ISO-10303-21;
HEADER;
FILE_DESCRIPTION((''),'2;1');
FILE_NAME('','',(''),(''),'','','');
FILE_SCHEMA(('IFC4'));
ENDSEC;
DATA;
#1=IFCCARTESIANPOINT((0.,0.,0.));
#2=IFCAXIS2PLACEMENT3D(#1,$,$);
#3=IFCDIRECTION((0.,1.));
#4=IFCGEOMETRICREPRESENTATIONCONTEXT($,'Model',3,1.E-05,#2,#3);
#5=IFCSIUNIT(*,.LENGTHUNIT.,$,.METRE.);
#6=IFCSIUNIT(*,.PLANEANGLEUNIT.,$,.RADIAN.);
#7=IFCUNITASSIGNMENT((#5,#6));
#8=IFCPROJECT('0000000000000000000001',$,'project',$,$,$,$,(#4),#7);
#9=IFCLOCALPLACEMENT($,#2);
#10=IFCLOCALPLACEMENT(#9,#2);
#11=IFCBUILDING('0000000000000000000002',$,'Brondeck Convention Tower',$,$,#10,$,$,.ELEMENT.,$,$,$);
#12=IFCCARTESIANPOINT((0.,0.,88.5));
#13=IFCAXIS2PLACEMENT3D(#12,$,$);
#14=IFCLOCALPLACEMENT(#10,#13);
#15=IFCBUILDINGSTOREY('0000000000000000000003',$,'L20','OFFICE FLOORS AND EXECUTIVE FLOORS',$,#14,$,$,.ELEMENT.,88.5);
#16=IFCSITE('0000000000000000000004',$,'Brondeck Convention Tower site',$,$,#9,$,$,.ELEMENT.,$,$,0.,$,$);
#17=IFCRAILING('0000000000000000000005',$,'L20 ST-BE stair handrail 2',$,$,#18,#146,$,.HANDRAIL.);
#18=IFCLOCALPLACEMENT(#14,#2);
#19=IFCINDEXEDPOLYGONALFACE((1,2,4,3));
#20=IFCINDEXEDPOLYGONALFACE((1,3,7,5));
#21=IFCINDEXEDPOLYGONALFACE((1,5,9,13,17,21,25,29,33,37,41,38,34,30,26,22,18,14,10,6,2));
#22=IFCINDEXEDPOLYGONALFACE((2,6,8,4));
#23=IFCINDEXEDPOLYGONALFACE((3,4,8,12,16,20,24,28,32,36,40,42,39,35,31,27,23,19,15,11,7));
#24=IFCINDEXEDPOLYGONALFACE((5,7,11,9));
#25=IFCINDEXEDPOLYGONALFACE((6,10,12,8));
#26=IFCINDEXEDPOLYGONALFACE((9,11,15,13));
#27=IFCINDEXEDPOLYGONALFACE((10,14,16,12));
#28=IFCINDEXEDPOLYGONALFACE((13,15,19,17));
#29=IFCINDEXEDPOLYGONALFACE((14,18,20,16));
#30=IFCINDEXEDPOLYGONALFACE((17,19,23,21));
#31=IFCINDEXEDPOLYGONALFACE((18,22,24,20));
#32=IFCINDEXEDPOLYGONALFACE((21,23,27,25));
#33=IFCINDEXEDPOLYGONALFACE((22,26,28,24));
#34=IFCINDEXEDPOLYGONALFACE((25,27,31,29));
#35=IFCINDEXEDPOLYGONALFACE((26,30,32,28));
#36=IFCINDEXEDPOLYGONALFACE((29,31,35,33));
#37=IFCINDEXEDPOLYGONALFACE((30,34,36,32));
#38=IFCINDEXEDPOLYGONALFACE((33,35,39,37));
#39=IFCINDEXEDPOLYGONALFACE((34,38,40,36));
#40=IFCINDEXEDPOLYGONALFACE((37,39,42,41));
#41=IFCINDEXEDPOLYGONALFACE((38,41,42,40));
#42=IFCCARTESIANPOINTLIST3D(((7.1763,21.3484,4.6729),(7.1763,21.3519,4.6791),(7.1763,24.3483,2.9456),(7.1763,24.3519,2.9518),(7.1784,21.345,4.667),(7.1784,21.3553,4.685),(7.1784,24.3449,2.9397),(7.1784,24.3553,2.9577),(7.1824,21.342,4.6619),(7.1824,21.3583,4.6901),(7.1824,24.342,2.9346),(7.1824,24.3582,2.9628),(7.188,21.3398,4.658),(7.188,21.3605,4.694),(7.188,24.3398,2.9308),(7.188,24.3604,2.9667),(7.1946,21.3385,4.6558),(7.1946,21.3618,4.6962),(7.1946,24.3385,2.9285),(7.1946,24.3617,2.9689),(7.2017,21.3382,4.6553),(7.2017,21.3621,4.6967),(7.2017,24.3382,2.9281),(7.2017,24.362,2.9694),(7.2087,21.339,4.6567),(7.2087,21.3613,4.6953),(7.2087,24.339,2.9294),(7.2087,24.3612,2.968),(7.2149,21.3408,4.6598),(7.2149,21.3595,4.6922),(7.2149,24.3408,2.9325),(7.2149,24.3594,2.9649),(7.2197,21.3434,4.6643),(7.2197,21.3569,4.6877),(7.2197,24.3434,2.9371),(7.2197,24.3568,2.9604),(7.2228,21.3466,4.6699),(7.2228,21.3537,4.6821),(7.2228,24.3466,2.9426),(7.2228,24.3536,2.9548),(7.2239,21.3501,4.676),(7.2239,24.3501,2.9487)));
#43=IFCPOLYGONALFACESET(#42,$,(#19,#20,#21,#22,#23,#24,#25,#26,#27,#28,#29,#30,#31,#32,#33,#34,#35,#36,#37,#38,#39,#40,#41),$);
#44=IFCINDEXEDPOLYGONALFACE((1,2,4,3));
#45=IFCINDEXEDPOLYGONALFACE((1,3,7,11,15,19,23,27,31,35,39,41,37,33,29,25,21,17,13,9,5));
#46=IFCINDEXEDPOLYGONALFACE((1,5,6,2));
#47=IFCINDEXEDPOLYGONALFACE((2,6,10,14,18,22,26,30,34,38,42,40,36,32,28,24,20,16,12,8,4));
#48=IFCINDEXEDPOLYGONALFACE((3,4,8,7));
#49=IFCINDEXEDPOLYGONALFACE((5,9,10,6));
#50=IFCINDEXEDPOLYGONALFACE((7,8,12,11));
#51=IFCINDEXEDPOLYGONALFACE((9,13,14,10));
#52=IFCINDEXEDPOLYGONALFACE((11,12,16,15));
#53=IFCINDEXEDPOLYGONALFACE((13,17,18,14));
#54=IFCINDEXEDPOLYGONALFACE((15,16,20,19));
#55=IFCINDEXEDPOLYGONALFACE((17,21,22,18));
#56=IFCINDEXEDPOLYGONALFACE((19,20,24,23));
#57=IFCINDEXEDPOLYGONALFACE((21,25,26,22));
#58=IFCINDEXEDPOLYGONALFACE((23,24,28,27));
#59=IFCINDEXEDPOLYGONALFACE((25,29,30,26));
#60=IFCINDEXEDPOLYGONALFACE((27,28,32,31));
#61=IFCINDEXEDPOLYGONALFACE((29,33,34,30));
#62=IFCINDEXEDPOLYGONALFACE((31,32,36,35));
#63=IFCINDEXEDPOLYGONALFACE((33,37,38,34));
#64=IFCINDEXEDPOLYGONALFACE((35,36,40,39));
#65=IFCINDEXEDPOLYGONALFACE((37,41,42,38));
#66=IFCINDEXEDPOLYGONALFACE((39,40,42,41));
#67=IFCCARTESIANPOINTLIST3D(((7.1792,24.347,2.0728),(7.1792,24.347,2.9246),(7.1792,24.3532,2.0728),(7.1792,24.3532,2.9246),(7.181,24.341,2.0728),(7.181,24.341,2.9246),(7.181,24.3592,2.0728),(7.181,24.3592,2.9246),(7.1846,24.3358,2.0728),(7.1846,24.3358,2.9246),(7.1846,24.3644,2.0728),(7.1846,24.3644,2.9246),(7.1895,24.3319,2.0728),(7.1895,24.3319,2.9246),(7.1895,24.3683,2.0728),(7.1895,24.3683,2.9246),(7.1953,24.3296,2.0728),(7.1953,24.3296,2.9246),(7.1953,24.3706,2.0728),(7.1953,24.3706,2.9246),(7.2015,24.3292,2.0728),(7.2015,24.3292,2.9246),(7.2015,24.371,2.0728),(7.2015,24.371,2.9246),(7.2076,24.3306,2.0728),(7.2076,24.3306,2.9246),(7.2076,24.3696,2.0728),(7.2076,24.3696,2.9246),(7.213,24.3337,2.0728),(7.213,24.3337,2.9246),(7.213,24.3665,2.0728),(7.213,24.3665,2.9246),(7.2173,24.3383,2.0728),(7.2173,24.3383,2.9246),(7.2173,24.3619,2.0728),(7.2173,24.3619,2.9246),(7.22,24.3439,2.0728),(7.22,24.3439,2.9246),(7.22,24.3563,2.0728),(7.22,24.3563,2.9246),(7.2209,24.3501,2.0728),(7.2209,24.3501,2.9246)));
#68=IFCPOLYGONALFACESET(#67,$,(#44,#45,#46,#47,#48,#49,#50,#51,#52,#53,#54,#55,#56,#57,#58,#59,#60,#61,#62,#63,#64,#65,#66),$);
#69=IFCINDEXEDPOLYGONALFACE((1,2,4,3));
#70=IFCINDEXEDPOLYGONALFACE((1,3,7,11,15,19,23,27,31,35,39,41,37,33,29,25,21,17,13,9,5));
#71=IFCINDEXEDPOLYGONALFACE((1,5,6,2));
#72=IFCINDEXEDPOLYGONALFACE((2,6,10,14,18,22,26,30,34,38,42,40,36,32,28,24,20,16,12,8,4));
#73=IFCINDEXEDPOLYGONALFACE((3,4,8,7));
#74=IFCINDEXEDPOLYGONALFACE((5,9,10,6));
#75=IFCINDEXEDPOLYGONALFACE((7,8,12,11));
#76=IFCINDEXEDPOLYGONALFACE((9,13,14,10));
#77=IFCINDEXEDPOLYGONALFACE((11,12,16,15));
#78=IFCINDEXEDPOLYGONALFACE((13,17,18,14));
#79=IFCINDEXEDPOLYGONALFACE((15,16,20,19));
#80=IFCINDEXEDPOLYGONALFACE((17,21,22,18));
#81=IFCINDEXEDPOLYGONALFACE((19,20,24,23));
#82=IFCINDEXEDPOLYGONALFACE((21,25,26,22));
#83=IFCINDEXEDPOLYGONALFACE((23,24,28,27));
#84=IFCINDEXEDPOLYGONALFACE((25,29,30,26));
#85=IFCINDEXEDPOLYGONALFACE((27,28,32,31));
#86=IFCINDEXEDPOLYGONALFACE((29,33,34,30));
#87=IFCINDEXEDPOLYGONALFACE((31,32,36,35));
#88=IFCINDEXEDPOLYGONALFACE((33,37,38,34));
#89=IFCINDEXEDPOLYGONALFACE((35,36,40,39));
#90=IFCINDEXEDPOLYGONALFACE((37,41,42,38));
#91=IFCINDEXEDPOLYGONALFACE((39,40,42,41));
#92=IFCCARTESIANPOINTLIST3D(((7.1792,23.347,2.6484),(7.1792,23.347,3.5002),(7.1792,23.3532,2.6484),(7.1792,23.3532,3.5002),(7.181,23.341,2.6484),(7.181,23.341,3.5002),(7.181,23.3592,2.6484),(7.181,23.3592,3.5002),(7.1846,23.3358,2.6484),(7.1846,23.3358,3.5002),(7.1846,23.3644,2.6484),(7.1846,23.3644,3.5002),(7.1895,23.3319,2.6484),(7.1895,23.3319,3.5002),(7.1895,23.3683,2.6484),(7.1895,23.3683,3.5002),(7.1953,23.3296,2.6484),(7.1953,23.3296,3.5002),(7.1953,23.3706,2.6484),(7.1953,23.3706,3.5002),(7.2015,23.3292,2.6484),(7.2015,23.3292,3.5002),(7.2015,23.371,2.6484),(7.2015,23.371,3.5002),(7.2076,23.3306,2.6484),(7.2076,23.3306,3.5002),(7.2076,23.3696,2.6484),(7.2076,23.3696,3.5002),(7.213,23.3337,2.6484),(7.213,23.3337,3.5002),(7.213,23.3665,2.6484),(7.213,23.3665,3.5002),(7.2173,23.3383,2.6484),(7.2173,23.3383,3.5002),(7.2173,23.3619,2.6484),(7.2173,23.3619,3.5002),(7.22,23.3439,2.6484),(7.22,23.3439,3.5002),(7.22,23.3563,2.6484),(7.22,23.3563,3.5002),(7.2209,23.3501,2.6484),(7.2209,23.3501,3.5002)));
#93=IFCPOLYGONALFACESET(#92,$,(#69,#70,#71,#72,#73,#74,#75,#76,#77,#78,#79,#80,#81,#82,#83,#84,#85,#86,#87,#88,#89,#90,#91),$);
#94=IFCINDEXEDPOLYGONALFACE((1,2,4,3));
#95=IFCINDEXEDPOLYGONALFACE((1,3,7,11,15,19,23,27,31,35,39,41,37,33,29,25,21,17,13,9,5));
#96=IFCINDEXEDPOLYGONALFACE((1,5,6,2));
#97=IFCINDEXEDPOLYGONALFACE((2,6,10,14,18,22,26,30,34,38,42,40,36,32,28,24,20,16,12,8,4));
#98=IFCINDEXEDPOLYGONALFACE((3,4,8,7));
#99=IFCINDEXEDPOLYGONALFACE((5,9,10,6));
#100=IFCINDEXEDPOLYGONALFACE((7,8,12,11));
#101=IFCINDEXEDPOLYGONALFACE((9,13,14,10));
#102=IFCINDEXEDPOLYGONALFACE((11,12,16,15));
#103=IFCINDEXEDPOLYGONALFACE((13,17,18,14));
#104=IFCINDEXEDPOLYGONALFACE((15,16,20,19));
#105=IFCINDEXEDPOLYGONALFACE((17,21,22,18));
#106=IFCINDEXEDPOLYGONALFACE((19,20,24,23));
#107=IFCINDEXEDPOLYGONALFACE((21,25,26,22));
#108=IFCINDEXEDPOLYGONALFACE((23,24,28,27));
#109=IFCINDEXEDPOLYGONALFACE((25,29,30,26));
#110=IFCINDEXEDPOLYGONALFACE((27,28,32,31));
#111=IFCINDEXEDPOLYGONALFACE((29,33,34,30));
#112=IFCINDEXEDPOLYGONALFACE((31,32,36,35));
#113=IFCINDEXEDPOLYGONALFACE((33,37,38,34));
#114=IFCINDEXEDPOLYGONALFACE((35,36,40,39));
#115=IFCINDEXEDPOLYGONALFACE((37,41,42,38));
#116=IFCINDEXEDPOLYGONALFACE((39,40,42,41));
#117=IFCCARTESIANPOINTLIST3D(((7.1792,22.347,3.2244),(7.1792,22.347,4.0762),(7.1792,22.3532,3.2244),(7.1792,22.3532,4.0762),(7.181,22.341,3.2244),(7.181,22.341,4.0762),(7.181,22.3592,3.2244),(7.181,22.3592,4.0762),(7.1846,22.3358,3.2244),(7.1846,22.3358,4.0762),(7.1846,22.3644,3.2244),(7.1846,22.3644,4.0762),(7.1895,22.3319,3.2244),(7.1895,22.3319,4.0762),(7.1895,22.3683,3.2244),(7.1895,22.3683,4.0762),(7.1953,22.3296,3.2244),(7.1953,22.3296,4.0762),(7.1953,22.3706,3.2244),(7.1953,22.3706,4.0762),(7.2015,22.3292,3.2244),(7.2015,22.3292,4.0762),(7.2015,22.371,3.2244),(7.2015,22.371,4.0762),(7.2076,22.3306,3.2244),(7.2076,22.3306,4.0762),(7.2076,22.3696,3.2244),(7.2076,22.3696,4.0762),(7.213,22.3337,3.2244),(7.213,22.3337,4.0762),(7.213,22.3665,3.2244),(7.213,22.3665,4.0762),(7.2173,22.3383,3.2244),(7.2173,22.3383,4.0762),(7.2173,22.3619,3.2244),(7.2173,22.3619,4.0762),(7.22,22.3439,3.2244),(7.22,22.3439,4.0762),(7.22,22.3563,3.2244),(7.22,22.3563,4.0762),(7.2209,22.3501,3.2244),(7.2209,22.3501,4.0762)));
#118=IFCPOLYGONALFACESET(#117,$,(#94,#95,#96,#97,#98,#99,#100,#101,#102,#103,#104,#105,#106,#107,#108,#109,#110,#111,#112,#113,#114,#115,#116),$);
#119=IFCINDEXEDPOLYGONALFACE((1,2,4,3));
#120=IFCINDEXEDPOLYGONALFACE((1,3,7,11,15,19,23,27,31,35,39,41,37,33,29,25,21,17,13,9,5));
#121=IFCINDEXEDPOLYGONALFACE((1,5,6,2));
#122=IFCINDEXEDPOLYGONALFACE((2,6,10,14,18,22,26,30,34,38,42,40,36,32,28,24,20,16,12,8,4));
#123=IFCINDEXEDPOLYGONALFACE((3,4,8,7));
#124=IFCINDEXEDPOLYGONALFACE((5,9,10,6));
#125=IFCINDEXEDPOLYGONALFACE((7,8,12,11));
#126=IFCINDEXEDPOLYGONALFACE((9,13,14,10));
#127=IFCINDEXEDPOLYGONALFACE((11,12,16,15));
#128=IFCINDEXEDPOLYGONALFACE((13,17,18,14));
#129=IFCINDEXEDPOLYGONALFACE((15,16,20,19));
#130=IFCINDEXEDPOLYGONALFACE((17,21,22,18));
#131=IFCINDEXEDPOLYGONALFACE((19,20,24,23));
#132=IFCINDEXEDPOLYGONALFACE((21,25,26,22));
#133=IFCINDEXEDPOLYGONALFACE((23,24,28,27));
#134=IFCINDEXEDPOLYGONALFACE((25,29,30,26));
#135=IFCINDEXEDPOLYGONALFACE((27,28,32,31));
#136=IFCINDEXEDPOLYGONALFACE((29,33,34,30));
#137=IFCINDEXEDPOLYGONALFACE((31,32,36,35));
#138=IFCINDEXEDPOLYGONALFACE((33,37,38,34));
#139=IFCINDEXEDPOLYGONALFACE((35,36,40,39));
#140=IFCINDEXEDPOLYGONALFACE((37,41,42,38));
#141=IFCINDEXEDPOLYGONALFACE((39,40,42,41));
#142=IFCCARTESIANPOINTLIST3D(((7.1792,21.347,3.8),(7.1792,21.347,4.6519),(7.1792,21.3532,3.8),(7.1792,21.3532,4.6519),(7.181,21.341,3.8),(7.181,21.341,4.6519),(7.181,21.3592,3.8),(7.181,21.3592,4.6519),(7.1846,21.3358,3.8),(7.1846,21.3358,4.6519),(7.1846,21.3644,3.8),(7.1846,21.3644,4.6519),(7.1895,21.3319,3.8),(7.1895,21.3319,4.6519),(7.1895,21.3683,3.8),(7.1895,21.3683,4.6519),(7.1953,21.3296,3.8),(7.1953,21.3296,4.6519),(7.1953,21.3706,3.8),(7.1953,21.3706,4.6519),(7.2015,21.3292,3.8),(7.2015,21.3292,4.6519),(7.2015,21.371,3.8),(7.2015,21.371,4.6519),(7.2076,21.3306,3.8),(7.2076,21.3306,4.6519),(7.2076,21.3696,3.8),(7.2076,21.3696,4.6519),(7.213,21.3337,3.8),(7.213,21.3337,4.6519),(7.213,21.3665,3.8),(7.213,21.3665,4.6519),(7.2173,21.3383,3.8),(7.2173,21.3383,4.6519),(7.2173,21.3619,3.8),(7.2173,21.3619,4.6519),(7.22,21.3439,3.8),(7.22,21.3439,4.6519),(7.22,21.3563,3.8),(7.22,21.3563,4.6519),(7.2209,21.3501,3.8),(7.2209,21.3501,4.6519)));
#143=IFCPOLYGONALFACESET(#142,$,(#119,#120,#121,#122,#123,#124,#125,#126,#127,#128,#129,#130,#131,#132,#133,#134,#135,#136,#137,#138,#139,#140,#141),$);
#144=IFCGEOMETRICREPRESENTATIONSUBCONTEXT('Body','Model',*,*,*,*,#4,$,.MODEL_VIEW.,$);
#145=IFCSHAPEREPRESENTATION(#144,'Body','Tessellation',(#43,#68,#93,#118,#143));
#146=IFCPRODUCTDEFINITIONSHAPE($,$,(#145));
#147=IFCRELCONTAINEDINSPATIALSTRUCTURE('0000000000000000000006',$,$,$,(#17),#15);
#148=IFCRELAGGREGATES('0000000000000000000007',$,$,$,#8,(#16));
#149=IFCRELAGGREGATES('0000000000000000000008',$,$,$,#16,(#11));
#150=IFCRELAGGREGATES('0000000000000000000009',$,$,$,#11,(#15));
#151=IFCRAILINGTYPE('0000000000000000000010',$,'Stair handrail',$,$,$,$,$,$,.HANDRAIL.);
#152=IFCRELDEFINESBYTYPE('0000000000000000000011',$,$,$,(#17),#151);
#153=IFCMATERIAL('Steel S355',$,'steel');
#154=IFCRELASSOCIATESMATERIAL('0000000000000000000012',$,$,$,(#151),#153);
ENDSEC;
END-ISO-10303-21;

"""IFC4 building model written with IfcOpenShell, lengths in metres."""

from ifc_helpers import new_model, si_unit, direction, frame, origin, origin_2d, place, context, subcontext, project, spatial, circle, extrude, material, type_object, element, save


model = new_model("IFC4")

# Units and contexts
model_context = context("Model", 3, precision=1e-05, world=origin(), true_north=direction((0.0, 1.0)))
body_context = subcontext(model_context, "Body", "Model", "MODEL_VIEW")
ifc_project = project(units=[si_unit("LENGTHUNIT", "METRE"), si_unit("PLANEANGLEUNIT", "RADIAN")], contexts=[model_context])

# Site, building, storey
site_placement = place(None, origin())
site = spatial("IfcSite", under=ifc_project, at=site_placement, Name="Brondeck Convention Tower site", CompositionType="ELEMENT", RefElevation=0.0)
building_placement = place(site_placement, origin())
building = spatial("IfcBuilding", under=site, at=building_placement, Name="Brondeck Convention Tower", CompositionType="ELEMENT")
storey_placement = place(building_placement, frame((0.0, 0.0, 88.5)))
storey = spatial("IfcBuildingStorey", under=building, at=storey_placement, Name="L20", Description="OFFICE FLOORS AND EXECUTIVE FLOORS", CompositionType="ELEMENT", Elevation=88.5)

# Shared definitions
ifc_material_1 = material(Name="Steel S355", Category="steel")

# Railing
railing_type_1 = type_object("IfcRailingType", Name="Stair handrail", PredefinedType="HANDRAIL", material=ifc_material_1)
railing_1_placement = place(storey_placement, frame((7.2, 24.3501, 2.0728)))
element("IfcRailing", 1, at=railing_1_placement, inside=storey, type_object=railing_type_1, Name="L20 ST-BE stair handrail 2", PredefinedType="HANDRAIL", context=body_context, shape_type="SweptSolid", body=[
    extrude(circle(Radius=0.0239, at=origin_2d()), frame((0.0, 0.0, 0.876), z_axis=(0.0, -0.86662, 0.498969), x_axis=(1.0, 0.0, 0.0)), (0.0, 0.0, 1.0), 3.4617),
    extrude(circle(Radius=0.021, at=origin_2d()), origin(), (0.0, 0.0, 1.0), 0.8518),
    extrude(circle(Radius=0.021, at=origin_2d()), frame((0.0, -1.0, 0.5757)), (0.0, 0.0, 1.0), 0.8518),
    extrude(circle(Radius=0.021, at=origin_2d()), frame((0.0, -2.0, 1.1516)), (0.0, 0.0, 1.0), 0.8518),
    extrude(circle(Radius=0.021, at=origin_2d()), frame((0.0, -3.0, 1.7273)), (0.0, 0.0, 1.0), 0.8518),
])

save(model, "model.ifc")
